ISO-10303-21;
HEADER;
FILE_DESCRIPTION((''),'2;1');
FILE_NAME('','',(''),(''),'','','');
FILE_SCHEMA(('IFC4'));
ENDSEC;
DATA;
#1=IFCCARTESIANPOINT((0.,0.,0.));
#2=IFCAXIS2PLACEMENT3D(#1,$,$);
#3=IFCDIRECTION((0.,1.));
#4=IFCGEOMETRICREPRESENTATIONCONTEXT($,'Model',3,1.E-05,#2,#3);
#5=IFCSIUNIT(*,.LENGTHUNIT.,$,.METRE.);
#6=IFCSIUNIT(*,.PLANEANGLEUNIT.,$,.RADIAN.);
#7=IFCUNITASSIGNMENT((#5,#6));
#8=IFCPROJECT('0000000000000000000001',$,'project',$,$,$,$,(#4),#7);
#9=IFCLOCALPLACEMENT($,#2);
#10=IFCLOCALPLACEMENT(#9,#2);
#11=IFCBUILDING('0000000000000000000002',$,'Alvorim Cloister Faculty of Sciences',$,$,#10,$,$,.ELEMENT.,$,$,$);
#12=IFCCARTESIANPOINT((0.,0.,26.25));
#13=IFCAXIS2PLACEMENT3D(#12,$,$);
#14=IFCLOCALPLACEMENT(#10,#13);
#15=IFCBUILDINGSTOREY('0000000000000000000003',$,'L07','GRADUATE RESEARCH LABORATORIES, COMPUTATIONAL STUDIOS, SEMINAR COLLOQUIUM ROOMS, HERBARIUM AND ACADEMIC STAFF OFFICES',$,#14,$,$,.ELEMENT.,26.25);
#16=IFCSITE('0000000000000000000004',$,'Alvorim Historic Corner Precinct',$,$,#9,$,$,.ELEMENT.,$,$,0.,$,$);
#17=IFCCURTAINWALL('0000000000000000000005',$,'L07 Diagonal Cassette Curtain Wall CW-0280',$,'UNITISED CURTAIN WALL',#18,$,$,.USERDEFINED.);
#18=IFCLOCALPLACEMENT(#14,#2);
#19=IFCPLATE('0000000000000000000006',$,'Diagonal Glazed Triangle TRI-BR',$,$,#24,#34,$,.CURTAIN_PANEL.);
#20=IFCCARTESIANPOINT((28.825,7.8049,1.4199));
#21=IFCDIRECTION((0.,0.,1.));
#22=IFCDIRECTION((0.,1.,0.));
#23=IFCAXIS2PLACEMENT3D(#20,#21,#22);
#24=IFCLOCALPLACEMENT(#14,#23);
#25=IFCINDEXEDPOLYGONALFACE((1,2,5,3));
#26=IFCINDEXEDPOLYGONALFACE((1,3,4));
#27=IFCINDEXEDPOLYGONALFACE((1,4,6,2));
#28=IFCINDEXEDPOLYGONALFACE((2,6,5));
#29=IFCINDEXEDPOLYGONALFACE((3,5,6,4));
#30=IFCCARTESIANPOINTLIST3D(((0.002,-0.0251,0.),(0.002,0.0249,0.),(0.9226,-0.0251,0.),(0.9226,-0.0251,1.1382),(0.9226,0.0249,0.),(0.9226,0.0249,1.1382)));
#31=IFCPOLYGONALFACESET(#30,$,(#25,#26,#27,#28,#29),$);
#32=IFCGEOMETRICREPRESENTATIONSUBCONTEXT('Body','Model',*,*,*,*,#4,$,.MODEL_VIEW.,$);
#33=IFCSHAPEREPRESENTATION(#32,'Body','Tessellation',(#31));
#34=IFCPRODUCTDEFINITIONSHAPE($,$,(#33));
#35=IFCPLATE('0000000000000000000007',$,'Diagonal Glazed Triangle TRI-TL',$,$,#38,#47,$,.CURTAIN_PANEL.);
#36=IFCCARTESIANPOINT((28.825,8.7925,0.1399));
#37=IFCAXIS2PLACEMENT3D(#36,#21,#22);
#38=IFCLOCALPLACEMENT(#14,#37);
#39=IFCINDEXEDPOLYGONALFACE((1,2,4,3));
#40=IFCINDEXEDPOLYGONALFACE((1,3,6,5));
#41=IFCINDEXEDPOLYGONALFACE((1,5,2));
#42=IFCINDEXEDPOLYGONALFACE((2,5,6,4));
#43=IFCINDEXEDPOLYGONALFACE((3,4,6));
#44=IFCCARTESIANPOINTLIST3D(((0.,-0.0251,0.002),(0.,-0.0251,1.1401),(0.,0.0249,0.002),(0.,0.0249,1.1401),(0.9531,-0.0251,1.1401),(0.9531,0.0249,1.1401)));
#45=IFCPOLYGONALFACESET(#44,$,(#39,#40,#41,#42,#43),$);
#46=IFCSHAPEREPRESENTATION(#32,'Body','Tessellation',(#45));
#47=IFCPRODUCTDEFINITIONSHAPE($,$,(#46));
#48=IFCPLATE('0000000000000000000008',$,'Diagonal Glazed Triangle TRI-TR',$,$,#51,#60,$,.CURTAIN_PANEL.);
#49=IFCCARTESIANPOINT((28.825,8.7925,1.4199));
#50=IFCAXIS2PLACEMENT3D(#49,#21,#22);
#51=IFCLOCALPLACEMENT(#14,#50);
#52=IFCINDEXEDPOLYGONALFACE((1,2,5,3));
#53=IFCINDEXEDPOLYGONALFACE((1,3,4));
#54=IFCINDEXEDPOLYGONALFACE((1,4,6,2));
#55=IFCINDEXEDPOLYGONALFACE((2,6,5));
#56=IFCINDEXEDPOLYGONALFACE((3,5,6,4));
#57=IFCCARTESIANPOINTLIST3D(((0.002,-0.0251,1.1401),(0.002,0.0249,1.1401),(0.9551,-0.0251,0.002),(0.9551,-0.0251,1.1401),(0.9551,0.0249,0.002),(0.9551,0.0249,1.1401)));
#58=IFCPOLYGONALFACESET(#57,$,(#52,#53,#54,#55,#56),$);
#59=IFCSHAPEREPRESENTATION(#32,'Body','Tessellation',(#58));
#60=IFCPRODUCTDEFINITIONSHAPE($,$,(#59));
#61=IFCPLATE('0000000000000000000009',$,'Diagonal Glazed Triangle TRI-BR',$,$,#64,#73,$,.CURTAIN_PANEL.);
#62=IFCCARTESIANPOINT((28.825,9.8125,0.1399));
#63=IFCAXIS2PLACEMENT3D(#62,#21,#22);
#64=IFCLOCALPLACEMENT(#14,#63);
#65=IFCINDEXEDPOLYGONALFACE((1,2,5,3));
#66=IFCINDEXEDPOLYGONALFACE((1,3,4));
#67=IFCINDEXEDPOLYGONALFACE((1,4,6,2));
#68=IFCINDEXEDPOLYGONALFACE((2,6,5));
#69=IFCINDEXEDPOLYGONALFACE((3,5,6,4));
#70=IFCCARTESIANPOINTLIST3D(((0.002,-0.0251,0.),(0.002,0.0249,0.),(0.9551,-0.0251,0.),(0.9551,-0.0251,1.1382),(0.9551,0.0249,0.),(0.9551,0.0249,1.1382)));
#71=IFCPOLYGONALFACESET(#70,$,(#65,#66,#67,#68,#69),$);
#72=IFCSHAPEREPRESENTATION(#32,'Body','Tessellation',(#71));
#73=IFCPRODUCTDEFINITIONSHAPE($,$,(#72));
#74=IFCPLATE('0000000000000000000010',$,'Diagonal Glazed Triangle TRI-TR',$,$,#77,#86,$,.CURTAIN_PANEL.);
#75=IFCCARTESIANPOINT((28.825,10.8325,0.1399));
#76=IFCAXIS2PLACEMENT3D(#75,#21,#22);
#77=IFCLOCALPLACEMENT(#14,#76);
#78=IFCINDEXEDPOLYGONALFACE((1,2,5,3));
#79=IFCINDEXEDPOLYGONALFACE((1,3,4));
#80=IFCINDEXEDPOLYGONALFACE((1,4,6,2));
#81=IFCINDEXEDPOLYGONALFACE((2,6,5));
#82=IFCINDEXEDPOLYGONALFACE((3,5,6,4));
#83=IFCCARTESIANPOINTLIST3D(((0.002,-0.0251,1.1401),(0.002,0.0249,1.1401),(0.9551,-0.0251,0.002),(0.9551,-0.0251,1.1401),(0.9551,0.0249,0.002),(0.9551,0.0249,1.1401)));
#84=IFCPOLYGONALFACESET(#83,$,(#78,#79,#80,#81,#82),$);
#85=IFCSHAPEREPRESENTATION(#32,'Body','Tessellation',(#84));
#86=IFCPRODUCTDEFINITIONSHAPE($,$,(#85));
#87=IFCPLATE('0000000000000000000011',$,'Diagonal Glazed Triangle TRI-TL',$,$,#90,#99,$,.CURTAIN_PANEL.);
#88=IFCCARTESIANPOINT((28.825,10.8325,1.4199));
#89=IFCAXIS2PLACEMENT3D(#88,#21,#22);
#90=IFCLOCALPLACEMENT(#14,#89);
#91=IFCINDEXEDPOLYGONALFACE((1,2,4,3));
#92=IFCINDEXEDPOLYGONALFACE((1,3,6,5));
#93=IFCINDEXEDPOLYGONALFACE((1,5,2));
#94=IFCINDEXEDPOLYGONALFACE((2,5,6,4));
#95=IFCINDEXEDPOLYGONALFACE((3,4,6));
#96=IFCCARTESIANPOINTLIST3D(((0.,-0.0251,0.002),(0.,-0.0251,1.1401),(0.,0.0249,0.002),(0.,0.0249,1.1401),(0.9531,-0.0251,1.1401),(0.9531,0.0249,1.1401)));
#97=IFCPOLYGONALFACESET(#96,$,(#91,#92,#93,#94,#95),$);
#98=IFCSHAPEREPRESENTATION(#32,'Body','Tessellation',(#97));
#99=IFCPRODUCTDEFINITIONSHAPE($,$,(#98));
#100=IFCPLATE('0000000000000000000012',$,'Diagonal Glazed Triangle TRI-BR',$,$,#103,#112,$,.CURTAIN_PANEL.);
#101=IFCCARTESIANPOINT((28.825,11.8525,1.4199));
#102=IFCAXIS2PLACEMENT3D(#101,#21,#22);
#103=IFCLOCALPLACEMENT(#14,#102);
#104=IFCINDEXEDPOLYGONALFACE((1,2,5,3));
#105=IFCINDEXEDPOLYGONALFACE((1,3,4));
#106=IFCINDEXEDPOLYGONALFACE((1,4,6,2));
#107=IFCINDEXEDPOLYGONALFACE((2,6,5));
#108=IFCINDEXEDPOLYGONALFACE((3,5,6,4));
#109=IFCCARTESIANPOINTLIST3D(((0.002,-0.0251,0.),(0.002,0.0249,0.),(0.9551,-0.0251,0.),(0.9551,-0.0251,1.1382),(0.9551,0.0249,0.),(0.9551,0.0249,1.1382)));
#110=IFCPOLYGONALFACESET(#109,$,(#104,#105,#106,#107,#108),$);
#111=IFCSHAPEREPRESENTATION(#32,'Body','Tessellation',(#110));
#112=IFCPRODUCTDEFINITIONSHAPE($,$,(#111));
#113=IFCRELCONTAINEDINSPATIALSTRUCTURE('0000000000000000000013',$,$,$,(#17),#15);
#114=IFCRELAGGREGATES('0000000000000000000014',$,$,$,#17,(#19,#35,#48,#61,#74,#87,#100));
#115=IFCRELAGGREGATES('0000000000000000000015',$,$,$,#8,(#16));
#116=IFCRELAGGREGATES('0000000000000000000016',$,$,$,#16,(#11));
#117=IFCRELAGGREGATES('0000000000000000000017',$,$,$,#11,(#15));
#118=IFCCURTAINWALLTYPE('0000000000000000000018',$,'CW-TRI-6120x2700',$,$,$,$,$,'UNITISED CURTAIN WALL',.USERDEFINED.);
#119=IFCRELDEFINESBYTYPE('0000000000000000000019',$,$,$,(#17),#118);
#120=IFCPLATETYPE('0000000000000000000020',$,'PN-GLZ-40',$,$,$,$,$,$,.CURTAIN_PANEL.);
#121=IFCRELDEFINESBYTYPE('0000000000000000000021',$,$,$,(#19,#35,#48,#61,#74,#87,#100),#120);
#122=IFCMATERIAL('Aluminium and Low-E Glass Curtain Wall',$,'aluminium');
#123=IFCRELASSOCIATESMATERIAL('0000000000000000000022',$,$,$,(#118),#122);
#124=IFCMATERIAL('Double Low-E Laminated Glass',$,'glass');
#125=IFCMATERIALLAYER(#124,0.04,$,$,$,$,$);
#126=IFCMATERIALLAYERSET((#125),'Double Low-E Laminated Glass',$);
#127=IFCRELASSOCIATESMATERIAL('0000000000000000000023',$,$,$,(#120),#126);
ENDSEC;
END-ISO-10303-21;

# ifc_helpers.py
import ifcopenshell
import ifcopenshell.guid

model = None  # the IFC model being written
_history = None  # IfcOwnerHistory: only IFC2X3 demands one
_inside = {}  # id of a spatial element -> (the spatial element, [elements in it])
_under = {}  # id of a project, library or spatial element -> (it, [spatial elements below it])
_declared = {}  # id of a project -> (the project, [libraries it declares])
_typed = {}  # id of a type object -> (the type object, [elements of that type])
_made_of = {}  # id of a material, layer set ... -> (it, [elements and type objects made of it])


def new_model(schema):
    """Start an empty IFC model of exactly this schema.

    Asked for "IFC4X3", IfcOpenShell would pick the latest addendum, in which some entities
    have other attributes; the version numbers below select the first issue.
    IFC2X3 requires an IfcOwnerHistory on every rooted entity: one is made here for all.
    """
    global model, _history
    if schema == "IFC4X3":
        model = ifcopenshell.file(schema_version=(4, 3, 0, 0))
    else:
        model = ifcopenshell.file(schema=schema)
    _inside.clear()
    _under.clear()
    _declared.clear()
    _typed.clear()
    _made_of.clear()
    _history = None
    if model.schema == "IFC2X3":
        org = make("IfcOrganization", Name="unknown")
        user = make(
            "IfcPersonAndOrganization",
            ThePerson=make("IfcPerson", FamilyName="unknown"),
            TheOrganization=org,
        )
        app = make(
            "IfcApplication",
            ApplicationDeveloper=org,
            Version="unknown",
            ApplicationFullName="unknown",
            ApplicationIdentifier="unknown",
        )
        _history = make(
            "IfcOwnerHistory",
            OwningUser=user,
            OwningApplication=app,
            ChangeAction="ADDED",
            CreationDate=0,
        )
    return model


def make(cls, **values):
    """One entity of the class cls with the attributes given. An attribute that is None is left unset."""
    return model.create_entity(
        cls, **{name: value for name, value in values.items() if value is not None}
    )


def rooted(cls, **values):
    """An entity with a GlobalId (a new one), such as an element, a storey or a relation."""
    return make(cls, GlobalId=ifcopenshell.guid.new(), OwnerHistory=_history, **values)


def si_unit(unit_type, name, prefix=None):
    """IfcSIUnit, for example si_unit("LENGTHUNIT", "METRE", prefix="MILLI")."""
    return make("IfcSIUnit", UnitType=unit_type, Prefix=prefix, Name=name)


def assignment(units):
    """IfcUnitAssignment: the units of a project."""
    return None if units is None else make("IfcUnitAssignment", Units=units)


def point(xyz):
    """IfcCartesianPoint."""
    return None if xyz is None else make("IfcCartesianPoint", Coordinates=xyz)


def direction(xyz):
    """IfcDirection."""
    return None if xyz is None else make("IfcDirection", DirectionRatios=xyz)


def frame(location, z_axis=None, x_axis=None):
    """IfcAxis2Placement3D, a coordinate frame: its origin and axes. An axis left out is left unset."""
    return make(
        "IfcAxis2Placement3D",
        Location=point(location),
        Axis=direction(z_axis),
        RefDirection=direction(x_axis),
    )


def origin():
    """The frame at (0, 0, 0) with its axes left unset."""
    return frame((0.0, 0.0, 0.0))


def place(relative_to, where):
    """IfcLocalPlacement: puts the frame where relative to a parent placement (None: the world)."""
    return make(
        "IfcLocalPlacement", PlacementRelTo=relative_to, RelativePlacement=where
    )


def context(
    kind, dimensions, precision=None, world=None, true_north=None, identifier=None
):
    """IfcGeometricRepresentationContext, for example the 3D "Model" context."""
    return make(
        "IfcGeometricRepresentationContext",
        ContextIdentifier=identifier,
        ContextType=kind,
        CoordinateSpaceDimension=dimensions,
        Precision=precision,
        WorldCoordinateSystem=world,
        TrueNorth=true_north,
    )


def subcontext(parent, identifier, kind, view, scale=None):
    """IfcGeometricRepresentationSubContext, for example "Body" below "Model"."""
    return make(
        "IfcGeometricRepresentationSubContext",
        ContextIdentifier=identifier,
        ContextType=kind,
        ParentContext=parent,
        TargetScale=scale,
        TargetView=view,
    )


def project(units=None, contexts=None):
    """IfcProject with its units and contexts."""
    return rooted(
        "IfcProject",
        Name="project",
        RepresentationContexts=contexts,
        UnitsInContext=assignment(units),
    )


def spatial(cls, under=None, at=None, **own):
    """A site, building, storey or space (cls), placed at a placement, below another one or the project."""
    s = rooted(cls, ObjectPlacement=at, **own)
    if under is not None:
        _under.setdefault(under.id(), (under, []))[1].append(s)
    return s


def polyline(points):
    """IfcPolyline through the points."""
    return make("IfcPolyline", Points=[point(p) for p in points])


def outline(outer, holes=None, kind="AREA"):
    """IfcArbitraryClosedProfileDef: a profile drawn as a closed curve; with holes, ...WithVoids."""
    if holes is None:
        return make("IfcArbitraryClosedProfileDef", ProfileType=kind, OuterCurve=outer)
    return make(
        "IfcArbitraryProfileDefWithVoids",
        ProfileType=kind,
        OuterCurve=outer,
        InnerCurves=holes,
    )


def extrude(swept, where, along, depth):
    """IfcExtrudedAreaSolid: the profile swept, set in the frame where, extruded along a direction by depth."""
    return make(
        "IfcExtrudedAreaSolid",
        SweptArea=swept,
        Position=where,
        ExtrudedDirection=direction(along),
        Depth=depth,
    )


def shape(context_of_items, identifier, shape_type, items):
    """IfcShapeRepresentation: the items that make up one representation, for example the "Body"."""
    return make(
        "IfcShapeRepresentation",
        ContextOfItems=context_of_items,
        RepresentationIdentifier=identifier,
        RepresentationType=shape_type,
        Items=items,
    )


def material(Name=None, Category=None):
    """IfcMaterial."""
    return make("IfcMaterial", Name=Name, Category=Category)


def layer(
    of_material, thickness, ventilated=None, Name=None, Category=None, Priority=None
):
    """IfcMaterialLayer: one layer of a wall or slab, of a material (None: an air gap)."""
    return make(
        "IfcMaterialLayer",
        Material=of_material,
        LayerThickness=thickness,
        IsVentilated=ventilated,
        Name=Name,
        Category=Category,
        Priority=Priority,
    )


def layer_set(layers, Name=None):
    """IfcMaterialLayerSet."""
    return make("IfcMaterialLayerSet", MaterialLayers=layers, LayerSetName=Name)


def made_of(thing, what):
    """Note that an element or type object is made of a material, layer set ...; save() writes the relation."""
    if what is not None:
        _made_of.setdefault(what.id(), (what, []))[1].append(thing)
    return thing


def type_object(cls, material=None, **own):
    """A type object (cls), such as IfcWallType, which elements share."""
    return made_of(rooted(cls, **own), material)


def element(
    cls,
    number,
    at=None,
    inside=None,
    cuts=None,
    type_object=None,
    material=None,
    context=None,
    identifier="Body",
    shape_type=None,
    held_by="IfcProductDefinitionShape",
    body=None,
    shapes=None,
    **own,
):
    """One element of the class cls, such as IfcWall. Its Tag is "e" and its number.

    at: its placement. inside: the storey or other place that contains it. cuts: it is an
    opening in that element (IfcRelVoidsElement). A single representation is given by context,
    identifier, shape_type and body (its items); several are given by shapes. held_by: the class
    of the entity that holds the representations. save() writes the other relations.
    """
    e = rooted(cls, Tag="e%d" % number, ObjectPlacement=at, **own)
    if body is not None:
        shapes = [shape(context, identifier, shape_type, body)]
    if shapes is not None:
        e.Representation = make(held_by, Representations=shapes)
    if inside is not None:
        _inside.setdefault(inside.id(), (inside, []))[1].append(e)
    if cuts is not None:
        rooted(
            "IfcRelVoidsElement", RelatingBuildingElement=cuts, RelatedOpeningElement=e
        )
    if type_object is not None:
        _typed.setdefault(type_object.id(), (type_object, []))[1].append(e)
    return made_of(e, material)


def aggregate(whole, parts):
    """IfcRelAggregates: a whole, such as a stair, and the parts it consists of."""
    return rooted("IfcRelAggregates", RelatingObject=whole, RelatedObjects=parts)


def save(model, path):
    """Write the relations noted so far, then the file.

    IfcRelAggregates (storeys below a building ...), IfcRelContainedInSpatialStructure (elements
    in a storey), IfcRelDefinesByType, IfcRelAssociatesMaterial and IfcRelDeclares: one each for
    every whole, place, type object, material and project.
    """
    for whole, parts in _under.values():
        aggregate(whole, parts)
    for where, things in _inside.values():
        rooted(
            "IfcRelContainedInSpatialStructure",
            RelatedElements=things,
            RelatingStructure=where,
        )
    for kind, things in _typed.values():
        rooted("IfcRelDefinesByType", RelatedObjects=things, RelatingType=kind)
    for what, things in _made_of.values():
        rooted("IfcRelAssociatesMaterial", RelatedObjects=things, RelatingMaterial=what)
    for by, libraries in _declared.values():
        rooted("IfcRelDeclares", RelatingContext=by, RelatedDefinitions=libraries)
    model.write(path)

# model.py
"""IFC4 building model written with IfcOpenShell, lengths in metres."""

from ifc_helpers import new_model, si_unit, direction, frame, origin, place, context, subcontext, project, spatial, polyline, outline, extrude, material, layer, layer_set, type_object, element, aggregate, save


model = new_model("IFC4")

# Units and contexts
model_context = context("Model", 3, precision=1e-05, world=origin(), true_north=direction((0.0, 1.0)))
body_context = subcontext(model_context, "Body", "Model", "MODEL_VIEW")
ifc_project = project(units=[si_unit("LENGTHUNIT", "METRE"), si_unit("PLANEANGLEUNIT", "RADIAN")], contexts=[model_context])

# Site, building, storey
site_placement = place(None, origin())
site = spatial("IfcSite", under=ifc_project, at=site_placement, Name="Alvorim Historic Corner Precinct", CompositionType="ELEMENT", RefElevation=0.0)
building_placement = place(site_placement, origin())
building = spatial("IfcBuilding", under=site, at=building_placement, Name="Alvorim Cloister Faculty of Sciences", CompositionType="ELEMENT")
storey_placement = place(building_placement, frame((0.0, 0.0, 26.25)))
storey = spatial("IfcBuildingStorey", under=building, at=storey_placement, Name="L07", Description="GRADUATE RESEARCH LABORATORIES, COMPUTATIONAL STUDIOS, SEMINAR COLLOQUIUM ROOMS, HERBARIUM AND ACADEMIC STAFF OFFICES", CompositionType="ELEMENT", Elevation=26.25)

# Curtain wall, plates
ifc_material_1 = material(Name="Aluminium and Low-E Glass Curtain Wall", Category="aluminium")
curtain_wall_type = type_object("IfcCurtainWallType", Name="CW-TRI-6120x2700", ElementType="UNITISED CURTAIN WALL", PredefinedType="USERDEFINED", material=ifc_material_1)
curtain_wall_placement = place(storey_placement, origin())
curtain_wall = element("IfcCurtainWall", 1, at=curtain_wall_placement, inside=storey, type_object=curtain_wall_type, Name="L07 Diagonal Cassette Curtain Wall CW-0280", ObjectType="UNITISED CURTAIN WALL", PredefinedType="USERDEFINED")
ifc_material_2 = material(Name="Double Low-E Laminated Glass", Category="glass")
ifc_layer = layer(ifc_material_2, 0.04)
ifc_layer_set = layer_set([ifc_layer], Name="Double Low-E Laminated Glass")
plate_type = type_object("IfcPlateType", Name="PN-GLZ-40", PredefinedType="CURTAIN_PANEL", material=ifc_layer_set)
plate_1_placement = place(storey_placement, frame((28.825, 7.8049, 1.4199), z_axis=(0.0, 0.0, 1.0), x_axis=(0.0, 1.0, 0.0)))
plate_1 = element("IfcPlate", 2, at=plate_1_placement, type_object=plate_type, Name="Diagonal Glazed Triangle TRI-BR", PredefinedType="CURTAIN_PANEL", context=body_context, shape_type="SweptSolid", body=[
    extrude(outline(polyline([(0.002, 0.0), (0.9226, 0.0), (0.9226, 1.1382), (0.002, 0.0)])), frame((0.0, 0.0249, 0.0), z_axis=(0.0, -1.0, 0.0), x_axis=(1.0, 0.0, 0.0)), (0.0, 0.0, 1.0), 0.05),
])
plate_2_placement = place(storey_placement, frame((28.825, 8.7925, 0.1399), z_axis=(0.0, 0.0, 1.0), x_axis=(0.0, 1.0, 0.0)))
plate_2 = element("IfcPlate", 3, at=plate_2_placement, type_object=plate_type, Name="Diagonal Glazed Triangle TRI-TL", PredefinedType="CURTAIN_PANEL", context=body_context, shape_type="SweptSolid", body=[
    extrude(outline(polyline([(0.9531, 1.1401), (0.0, 1.1401), (0.0, 0.002), (0.9531, 1.1401)])), frame((0.0, 0.0249, 0.0), z_axis=(0.0, -1.0, 0.0), x_axis=(1.0, 0.0, 0.0)), (0.0, 0.0, 1.0), 0.05),
])
plate_3_placement = place(storey_placement, frame((28.825, 8.7925, 1.4199), z_axis=(0.0, 0.0, 1.0), x_axis=(0.0, 1.0, 0.0)))
plate_3 = element("IfcPlate", 4, at=plate_3_placement, type_object=plate_type, Name="Diagonal Glazed Triangle TRI-TR", PredefinedType="CURTAIN_PANEL", context=body_context, shape_type="SweptSolid", body=[
    extrude(outline(polyline([(0.9551, 0.002), (0.9551, 1.1401), (0.002, 1.1401), (0.9551, 0.002)])), frame((0.0, 0.0249, 0.0), z_axis=(0.0, -1.0, 0.0), x_axis=(1.0, 0.0, 0.0)), (0.0, 0.0, 1.0), 0.05),
])
plate_4_placement = place(storey_placement, frame((28.825, 9.8125, 0.1399), z_axis=(0.0, 0.0, 1.0), x_axis=(0.0, 1.0, 0.0)))
plate_4 = element("IfcPlate", 5, at=plate_4_placement, type_object=plate_type, Name="Diagonal Glazed Triangle TRI-BR", PredefinedType="CURTAIN_PANEL", context=body_context, shape_type="SweptSolid", body=[
    extrude(outline(polyline([(0.002, 0.0), (0.9551, 0.0), (0.9551, 1.1382), (0.002, 0.0)])), frame((0.0, 0.0249, 0.0), z_axis=(0.0, -1.0, 0.0), x_axis=(1.0, 0.0, 0.0)), (0.0, 0.0, 1.0), 0.05),
])
plate_5_placement = place(storey_placement, frame((28.825, 10.8325, 0.1399), z_axis=(0.0, 0.0, 1.0), x_axis=(0.0, 1.0, 0.0)))
plate_5 = element("IfcPlate", 6, at=plate_5_placement, type_object=plate_type, Name="Diagonal Glazed Triangle TRI-TR", PredefinedType="CURTAIN_PANEL", context=body_context, shape_type="SweptSolid", body=[
    extrude(outline(polyline([(0.9551, 0.002), (0.9551, 1.1401), (0.002, 1.1401), (0.9551, 0.002)])), frame((0.0, 0.0249, 0.0), z_axis=(0.0, -1.0, 0.0), x_axis=(1.0, 0.0, 0.0)), (0.0, 0.0, 1.0), 0.05),
])
plate_6_placement = place(storey_placement, frame((28.825, 10.8325, 1.4199), z_axis=(0.0, 0.0, 1.0), x_axis=(0.0, 1.0, 0.0)))
plate_6 = element("IfcPlate", 7, at=plate_6_placement, type_object=plate_type, Name="Diagonal Glazed Triangle TRI-TL", PredefinedType="CURTAIN_PANEL", context=body_context, shape_type="SweptSolid", body=[
    extrude(outline(polyline([(0.9531, 1.1401), (0.0, 1.1401), (0.0, 0.002), (0.9531, 1.1401)])), frame((0.0, 0.0249, 0.0), z_axis=(0.0, -1.0, 0.0), x_axis=(1.0, 0.0, 0.0)), (0.0, 0.0, 1.0), 0.05),
])
plate_7_placement = place(storey_placement, frame((28.825, 11.8525, 1.4199), z_axis=(0.0, 0.0, 1.0), x_axis=(0.0, 1.0, 0.0)))
plate_7 = element("IfcPlate", 8, at=plate_7_placement, type_object=plate_type, Name="Diagonal Glazed Triangle TRI-BR", PredefinedType="CURTAIN_PANEL", context=body_context, shape_type="SweptSolid", body=[
    extrude(outline(polyline([(0.002, 0.0), (0.9551, 0.0), (0.9551, 1.1382), (0.002, 0.0)])), frame((0.0, 0.0249, 0.0), z_axis=(0.0, -1.0, 0.0), x_axis=(1.0, 0.0, 0.0)), (0.0, 0.0, 1.0), 0.05),
])
aggregate(curtain_wall, [plate_1, plate_2, plate_3, plate_4, plate_5, plate_6, plate_7])

save(model, "model.ifc")
